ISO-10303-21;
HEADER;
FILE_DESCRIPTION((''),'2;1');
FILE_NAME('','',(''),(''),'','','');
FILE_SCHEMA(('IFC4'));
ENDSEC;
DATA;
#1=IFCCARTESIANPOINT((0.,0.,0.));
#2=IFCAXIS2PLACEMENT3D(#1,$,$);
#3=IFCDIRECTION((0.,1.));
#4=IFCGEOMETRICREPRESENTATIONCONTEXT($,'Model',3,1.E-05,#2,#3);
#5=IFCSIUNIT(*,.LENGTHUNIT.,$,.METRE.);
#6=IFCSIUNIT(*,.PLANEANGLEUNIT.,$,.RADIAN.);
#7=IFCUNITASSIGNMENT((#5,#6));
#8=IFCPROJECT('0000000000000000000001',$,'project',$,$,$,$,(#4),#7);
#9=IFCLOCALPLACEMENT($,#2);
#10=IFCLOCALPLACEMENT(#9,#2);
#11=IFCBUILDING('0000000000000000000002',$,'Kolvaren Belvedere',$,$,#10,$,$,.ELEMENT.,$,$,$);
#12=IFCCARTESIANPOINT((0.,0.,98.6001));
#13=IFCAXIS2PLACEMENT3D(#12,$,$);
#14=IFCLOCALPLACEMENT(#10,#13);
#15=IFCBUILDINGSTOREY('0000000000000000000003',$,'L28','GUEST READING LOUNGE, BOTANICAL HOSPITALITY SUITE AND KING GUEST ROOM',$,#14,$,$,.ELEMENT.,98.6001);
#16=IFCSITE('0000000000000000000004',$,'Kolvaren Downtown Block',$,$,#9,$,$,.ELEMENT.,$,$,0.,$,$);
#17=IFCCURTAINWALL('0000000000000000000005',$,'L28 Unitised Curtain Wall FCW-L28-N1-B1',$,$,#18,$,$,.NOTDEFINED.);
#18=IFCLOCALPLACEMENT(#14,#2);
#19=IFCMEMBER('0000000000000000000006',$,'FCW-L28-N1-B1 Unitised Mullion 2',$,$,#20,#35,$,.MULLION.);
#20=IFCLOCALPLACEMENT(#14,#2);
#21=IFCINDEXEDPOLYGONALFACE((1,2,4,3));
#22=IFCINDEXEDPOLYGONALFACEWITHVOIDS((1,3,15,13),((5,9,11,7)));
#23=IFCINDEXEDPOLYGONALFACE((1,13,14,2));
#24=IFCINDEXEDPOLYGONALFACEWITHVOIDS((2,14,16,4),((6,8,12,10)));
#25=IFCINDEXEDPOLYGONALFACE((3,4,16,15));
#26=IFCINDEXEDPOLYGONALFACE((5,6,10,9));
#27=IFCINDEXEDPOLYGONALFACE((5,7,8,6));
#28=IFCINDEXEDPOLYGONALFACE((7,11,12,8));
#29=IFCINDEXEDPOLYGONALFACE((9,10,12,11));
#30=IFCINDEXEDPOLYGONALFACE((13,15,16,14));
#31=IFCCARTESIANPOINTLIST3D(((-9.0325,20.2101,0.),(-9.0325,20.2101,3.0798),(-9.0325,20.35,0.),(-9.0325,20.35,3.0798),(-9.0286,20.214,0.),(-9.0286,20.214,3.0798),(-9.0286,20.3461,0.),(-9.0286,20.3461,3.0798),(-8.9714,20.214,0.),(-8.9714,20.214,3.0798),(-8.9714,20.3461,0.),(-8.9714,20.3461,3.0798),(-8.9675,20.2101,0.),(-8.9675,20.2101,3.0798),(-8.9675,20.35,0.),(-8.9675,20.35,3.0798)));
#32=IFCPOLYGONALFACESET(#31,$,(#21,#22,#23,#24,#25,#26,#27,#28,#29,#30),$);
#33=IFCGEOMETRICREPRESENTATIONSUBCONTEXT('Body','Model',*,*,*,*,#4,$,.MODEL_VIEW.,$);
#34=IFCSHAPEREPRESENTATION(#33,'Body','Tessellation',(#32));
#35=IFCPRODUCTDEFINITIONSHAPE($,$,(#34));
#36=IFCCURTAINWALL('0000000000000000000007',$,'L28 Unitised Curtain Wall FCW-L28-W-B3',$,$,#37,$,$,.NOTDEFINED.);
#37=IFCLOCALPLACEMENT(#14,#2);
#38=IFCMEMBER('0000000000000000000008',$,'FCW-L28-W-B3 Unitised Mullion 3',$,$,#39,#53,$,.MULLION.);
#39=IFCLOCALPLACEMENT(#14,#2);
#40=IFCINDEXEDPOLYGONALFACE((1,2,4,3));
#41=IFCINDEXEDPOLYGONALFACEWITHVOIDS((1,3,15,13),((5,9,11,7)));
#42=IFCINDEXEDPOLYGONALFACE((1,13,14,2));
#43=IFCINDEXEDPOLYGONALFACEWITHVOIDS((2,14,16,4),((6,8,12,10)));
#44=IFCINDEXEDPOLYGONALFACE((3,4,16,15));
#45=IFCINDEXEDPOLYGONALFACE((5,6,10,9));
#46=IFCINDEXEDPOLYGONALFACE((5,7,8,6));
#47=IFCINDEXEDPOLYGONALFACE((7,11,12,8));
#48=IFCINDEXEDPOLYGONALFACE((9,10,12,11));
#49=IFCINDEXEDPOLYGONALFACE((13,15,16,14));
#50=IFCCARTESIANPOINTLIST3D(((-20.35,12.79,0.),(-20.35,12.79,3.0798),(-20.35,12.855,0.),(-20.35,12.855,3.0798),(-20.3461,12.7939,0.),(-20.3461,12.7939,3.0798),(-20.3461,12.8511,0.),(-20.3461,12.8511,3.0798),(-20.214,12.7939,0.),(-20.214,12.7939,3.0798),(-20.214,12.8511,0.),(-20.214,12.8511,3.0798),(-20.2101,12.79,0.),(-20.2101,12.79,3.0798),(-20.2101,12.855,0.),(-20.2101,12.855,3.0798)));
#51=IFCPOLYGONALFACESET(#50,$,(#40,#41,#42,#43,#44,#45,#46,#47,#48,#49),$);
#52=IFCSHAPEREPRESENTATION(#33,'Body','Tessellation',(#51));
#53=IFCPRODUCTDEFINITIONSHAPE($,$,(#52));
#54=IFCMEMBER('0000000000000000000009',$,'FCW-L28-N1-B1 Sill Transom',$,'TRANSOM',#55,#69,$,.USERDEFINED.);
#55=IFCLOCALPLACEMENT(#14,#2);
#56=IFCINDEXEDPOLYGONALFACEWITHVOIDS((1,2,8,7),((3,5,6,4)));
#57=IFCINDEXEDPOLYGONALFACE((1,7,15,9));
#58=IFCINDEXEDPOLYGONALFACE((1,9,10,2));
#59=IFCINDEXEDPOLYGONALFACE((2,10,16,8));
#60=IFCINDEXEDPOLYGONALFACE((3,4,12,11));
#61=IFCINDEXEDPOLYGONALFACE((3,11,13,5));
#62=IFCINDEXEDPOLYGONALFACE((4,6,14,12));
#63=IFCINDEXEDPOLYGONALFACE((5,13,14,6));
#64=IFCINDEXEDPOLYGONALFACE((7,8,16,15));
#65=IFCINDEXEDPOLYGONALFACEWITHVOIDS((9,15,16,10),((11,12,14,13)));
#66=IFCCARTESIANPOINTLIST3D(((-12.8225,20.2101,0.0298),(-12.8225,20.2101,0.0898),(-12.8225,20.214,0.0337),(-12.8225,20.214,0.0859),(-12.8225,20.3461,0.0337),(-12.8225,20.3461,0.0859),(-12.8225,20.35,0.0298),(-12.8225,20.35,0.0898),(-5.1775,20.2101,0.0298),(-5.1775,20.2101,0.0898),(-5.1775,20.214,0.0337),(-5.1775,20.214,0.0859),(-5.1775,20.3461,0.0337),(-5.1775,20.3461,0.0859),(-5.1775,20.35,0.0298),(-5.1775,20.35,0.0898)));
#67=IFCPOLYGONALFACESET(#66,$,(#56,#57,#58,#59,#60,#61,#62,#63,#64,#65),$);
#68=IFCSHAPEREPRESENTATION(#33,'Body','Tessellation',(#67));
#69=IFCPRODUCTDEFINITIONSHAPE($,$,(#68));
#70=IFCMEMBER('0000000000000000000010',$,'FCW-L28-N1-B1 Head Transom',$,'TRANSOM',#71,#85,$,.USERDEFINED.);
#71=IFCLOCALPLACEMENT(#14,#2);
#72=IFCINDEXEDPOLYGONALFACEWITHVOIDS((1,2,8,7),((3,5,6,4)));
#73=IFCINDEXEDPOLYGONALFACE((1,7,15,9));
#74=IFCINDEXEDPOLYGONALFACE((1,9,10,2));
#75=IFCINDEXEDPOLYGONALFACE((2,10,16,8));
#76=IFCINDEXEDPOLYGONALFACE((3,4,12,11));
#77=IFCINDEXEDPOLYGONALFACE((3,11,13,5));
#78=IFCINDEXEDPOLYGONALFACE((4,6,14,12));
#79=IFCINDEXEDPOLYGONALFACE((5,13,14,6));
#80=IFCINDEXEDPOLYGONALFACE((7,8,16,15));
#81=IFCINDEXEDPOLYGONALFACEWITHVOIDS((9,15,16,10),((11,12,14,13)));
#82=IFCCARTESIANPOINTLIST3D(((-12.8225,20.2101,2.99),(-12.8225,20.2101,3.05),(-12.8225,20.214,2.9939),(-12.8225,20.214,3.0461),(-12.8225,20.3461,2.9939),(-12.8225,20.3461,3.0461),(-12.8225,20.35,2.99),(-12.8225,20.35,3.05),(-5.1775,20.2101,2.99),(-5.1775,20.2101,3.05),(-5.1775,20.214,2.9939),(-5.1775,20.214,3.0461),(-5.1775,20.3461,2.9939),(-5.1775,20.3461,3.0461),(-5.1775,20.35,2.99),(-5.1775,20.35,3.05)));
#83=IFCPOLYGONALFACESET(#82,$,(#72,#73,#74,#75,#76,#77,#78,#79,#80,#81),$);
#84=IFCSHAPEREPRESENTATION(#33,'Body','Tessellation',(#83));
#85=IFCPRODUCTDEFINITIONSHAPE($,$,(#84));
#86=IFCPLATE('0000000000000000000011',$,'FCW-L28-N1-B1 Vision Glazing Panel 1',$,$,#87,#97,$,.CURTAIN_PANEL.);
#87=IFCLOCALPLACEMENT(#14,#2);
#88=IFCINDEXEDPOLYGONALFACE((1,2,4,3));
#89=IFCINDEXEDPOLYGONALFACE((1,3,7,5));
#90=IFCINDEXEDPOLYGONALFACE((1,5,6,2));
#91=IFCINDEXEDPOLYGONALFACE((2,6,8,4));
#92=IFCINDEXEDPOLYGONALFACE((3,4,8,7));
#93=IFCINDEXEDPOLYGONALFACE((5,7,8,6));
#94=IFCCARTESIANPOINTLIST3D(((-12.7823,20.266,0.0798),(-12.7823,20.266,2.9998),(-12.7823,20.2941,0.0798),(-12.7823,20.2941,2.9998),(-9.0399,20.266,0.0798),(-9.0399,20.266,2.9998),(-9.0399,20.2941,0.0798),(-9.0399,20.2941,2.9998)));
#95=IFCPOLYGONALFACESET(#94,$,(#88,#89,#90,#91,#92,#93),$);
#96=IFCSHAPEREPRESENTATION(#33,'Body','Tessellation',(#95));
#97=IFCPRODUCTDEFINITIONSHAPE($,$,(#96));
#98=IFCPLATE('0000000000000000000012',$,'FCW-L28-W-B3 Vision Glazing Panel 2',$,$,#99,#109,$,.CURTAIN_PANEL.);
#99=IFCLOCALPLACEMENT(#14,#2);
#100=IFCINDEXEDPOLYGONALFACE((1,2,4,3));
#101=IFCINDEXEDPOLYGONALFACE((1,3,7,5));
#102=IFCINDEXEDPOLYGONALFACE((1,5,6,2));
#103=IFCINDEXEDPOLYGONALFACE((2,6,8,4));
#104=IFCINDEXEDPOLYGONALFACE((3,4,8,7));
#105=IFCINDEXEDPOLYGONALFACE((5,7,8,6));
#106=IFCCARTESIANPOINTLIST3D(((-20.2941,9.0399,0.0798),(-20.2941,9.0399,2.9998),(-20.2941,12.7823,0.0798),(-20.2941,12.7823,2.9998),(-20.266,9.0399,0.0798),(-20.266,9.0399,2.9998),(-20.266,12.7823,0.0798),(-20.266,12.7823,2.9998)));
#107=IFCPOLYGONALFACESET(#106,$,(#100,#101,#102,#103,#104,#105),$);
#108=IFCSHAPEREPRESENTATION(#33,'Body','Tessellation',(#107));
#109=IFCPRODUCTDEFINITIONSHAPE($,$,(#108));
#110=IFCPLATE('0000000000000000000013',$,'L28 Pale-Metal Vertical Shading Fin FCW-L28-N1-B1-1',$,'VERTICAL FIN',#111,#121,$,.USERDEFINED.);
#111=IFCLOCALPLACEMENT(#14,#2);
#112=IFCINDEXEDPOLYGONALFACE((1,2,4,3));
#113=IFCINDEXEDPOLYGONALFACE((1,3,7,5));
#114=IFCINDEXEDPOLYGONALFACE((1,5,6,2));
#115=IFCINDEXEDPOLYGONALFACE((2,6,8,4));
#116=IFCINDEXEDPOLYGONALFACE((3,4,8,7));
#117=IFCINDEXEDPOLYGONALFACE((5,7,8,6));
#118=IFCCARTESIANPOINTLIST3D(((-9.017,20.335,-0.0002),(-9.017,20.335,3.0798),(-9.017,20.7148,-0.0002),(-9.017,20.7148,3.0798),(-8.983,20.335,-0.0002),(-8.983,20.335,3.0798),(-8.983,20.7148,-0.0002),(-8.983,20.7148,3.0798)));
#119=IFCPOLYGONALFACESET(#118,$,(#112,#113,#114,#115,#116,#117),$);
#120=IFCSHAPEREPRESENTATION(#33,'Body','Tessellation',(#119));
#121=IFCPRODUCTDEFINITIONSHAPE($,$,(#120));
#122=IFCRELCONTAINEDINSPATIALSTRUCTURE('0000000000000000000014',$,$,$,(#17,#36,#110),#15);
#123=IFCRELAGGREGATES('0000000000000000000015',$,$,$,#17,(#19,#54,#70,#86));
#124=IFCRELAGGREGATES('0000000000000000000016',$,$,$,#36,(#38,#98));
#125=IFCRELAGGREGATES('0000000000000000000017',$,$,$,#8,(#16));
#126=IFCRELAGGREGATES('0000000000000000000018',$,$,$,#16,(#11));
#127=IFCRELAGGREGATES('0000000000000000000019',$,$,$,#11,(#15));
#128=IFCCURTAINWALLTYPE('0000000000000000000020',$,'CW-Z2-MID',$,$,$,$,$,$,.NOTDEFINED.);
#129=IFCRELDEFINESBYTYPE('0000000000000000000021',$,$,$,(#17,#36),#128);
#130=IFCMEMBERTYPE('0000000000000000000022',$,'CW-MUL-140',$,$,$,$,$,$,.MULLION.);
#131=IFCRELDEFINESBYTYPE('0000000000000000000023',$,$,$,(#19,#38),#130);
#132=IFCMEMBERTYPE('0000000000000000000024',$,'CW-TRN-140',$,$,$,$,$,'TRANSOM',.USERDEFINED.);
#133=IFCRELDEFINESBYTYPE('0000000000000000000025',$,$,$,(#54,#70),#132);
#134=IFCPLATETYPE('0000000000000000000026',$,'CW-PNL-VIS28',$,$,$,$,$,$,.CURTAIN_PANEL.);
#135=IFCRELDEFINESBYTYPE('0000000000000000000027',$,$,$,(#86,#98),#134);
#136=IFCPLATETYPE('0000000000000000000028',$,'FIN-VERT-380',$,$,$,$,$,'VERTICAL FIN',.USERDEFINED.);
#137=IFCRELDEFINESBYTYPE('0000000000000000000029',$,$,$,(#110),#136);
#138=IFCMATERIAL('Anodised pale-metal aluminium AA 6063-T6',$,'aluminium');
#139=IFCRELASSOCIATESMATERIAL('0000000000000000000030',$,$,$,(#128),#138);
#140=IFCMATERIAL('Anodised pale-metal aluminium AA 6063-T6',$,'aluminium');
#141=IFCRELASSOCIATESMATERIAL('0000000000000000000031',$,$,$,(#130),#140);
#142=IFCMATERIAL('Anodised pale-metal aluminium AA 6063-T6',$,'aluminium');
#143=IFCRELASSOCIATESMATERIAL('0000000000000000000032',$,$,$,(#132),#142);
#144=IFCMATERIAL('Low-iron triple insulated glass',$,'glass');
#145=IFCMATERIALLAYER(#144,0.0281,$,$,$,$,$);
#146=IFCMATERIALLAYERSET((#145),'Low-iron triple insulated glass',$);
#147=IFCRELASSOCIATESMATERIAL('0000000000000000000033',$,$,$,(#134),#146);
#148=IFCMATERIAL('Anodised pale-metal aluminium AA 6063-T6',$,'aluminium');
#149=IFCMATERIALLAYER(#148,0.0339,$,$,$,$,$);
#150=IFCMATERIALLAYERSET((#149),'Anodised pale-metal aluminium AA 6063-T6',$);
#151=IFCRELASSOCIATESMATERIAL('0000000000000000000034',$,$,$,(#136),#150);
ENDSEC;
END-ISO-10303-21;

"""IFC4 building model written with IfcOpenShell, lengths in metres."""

from ifc_helpers import new_model, si_unit, direction, frame, origin, origin_2d, place, context, subcontext, project, spatial, rectangle, hollow_rectangle, extrude, material, layer, layer_set, material_profile, profile_set, type_object, element, aggregate, save


model = new_model("IFC4")

# Units and contexts
model_context = context("Model", 3, precision=1e-05, world=origin(), true_north=direction((0.0, 1.0)))
body_context = subcontext(model_context, "Body", "Model", "MODEL_VIEW")
ifc_project = project(units=[si_unit("LENGTHUNIT", "METRE"), si_unit("PLANEANGLEUNIT", "RADIAN")], contexts=[model_context])

# Site, building, storey
site_placement = place(None, origin())
site = spatial("IfcSite", under=ifc_project, at=site_placement, Name="Kolvaren Downtown Block", CompositionType="ELEMENT", RefElevation=0.0)
building_placement = place(site_placement, origin())
building = spatial("IfcBuilding", under=site, at=building_placement, Name="Kolvaren Belvedere", CompositionType="ELEMENT")
storey_placement = place(building_placement, frame((0.0, 0.0, 98.6001)))
storey = spatial("IfcBuildingStorey", under=building, at=storey_placement, Name="L28", Description="GUEST READING LOUNGE, BOTANICAL HOSPITALITY SUITE AND KING GUEST ROOM", CompositionType="ELEMENT", Elevation=98.6001)

# Curtain wall, member
ifc_material_1 = material(Name="Anodised pale-metal aluminium AA 6063-T6", Category="aluminium")
curtain_wall_type = type_object("IfcCurtainWallType", Name="CW-Z2-MID", PredefinedType="NOTDEFINED", material=ifc_material_1)
curtain_wall_1_placement = place(storey_placement, origin())
curtain_wall_1 = element("IfcCurtainWall", 1, at=curtain_wall_1_placement, inside=storey, type_object=curtain_wall_type, Name="L28 Unitised Curtain Wall FCW-L28-N1-B1", PredefinedType="NOTDEFINED")
ifc_material_2 = material(Name="Anodised pale-metal aluminium AA 6063-T6", Category="aluminium")
ifc_material_profile_1 = material_profile(ifc_material_2, hollow_rectangle(XDim=0.0649, YDim=0.1399, WallThickness=0.0039, at=origin_2d()), Name="ALU-MUL-140X65")
ifc_profile_set_1 = profile_set([ifc_material_profile_1], Name="Anodised pale-metal aluminium AA 6063-T6")
member_type_1 = type_object("IfcMemberType", Name="CW-MUL-140", PredefinedType="MULLION", material=ifc_profile_set_1)
member_1_placement = place(storey_placement, frame((-9.0, 20.28, 0.0), z_axis=(0.0, 0.0, 1.0), x_axis=(1.0, 0.0, 0.0)))
member_1 = element("IfcMember", 2, at=member_1_placement, type_object=member_type_1, Name="FCW-L28-N1-B1 Unitised Mullion 2", PredefinedType="MULLION", context=body_context, shape_type="SweptSolid", body=[
    extrude(hollow_rectangle(XDim=0.0649, YDim=0.1399, WallThickness=0.0039, at=origin_2d()), origin(), (0.0, 0.0, 1.0), 3.0798),
])

# Curtain wall, member
curtain_wall_2_placement = place(storey_placement, origin())
curtain_wall_2 = element("IfcCurtainWall", 3, at=curtain_wall_2_placement, inside=storey, type_object=curtain_wall_type, Name="L28 Unitised Curtain Wall FCW-L28-W-B3", PredefinedType="NOTDEFINED")
member_2_placement = place(storey_placement, frame((-20.28, 12.8225, 0.0), z_axis=(0.0, 0.0, 1.0), x_axis=(0.0, 1.0, 0.0)))
member_2 = element("IfcMember", 4, at=member_2_placement, type_object=member_type_1, Name="FCW-L28-W-B3 Unitised Mullion 3", PredefinedType="MULLION", context=body_context, shape_type="SweptSolid", body=[
    extrude(hollow_rectangle(XDim=0.0649, YDim=0.1399, WallThickness=0.0039, at=origin_2d()), origin(), (0.0, 0.0, 1.0), 3.0798),
])

# Members
ifc_material_3 = material(Name="Anodised pale-metal aluminium AA 6063-T6", Category="aluminium")
ifc_material_profile_2 = material_profile(ifc_material_3, hollow_rectangle(XDim=0.0601, YDim=0.1399, WallThickness=0.0039, at=origin_2d()), Name="ALU-TRN-140X60")
ifc_profile_set_2 = profile_set([ifc_material_profile_2], Name="Anodised pale-metal aluminium AA 6063-T6")
member_type_2 = type_object("IfcMemberType", Name="CW-TRN-140", ElementType="TRANSOM", PredefinedType="USERDEFINED", material=ifc_profile_set_2)
member_3_placement = place(storey_placement, frame((-12.8225, 20.28, 0.0598), z_axis=(1.0, 0.0, 0.0), x_axis=(0.0, 0.0, 1.0)))
member_3 = element("IfcMember", 5, at=member_3_placement, type_object=member_type_2, Name="FCW-L28-N1-B1 Sill Transom", ObjectType="TRANSOM", PredefinedType="USERDEFINED", context=body_context, shape_type="SweptSolid", body=[
    extrude(hollow_rectangle(XDim=0.0601, YDim=0.1399, WallThickness=0.0039, at=origin_2d()), origin(), (0.0, 0.0, 1.0), 7.645),
])
member_4_placement = place(storey_placement, frame((-12.8225, 20.28, 3.02), z_axis=(1.0, 0.0, 0.0), x_axis=(0.0, 0.0, 1.0)))
member_4 = element("IfcMember", 6, at=member_4_placement, type_object=member_type_2, Name="FCW-L28-N1-B1 Head Transom", ObjectType="TRANSOM", PredefinedType="USERDEFINED", context=body_context, shape_type="SweptSolid", body=[
    extrude(hollow_rectangle(XDim=0.0601, YDim=0.1399, WallThickness=0.0039, at=origin_2d()), origin(), (0.0, 0.0, 1.0), 7.645),
])

# Plates
ifc_material_4 = material(Name="Low-iron triple insulated glass", Category="glass")
ifc_layer_1 = layer(ifc_material_4, 0.0281)
ifc_layer_set_1 = layer_set([ifc_layer_1], Name="Low-iron triple insulated glass")
plate_type_1 = type_object("IfcPlateType", Name="CW-PNL-VIS28", PredefinedType="CURTAIN_PANEL", material=ifc_layer_set_1)
plate_1_placement = place(storey_placement, frame((-10.9111, 20.28, 0.0798), z_axis=(0.0, 0.0, 1.0), x_axis=(1.0, 0.0, 0.0)))
plate_1 = element("IfcPlate", 7, at=plate_1_placement, type_object=plate_type_1, Name="FCW-L28-N1-B1 Vision Glazing Panel 1", PredefinedType="CURTAIN_PANEL", context=body_context, shape_type="SweptSolid", body=[
    extrude(rectangle(XDim=3.7424, YDim=0.0281, at=origin_2d()), origin(), (0.0, 0.0, 1.0), 2.9199),
])
aggregate(curtain_wall_1, [member_1, member_3, member_4, plate_1])
plate_2_placement = place(storey_placement, frame((-20.28, 10.9111, 0.0798), z_axis=(0.0, 0.0, 1.0), x_axis=(0.0, 1.0, 0.0)))
plate_2 = element("IfcPlate", 8, at=plate_2_placement, type_object=plate_type_1, Name="FCW-L28-W-B3 Vision Glazing Panel 2", PredefinedType="CURTAIN_PANEL", context=body_context, shape_type="SweptSolid", body=[
    extrude(rectangle(XDim=3.7424, YDim=0.0281, at=origin_2d()), origin(), (0.0, 0.0, 1.0), 2.9199),
])
aggregate(curtain_wall_2, [member_2, plate_2])
ifc_material_5 = material(Name="Anodised pale-metal aluminium AA 6063-T6", Category="aluminium")
ifc_layer_2 = layer(ifc_material_5, 0.0339)
ifc_layer_set_2 = layer_set([ifc_layer_2], Name="Anodised pale-metal aluminium AA 6063-T6")
plate_type_2 = type_object("IfcPlateType", Name="FIN-VERT-380", ElementType="VERTICAL FIN", PredefinedType="USERDEFINED", material=ifc_layer_set_2)
plate_3_placement = place(storey_placement, frame((-9.0, 20.5249, -0.0002), z_axis=(0.0, 0.0, 1.0), x_axis=(0.0, 1.0, 0.0)))
element("IfcPlate", 9, at=plate_3_placement, inside=storey, type_object=plate_type_2, Name="L28 Pale-Metal Vertical Shading Fin FCW-L28-N1-B1-1", ObjectType="VERTICAL FIN", PredefinedType="USERDEFINED", context=body_context, shape_type="SweptSolid", body=[
    extrude(rectangle(XDim=0.3799, YDim=0.0339, at=origin_2d()), origin(), (0.0, 0.0, 1.0), 3.0801),
])

save(model, "model.ifc")
